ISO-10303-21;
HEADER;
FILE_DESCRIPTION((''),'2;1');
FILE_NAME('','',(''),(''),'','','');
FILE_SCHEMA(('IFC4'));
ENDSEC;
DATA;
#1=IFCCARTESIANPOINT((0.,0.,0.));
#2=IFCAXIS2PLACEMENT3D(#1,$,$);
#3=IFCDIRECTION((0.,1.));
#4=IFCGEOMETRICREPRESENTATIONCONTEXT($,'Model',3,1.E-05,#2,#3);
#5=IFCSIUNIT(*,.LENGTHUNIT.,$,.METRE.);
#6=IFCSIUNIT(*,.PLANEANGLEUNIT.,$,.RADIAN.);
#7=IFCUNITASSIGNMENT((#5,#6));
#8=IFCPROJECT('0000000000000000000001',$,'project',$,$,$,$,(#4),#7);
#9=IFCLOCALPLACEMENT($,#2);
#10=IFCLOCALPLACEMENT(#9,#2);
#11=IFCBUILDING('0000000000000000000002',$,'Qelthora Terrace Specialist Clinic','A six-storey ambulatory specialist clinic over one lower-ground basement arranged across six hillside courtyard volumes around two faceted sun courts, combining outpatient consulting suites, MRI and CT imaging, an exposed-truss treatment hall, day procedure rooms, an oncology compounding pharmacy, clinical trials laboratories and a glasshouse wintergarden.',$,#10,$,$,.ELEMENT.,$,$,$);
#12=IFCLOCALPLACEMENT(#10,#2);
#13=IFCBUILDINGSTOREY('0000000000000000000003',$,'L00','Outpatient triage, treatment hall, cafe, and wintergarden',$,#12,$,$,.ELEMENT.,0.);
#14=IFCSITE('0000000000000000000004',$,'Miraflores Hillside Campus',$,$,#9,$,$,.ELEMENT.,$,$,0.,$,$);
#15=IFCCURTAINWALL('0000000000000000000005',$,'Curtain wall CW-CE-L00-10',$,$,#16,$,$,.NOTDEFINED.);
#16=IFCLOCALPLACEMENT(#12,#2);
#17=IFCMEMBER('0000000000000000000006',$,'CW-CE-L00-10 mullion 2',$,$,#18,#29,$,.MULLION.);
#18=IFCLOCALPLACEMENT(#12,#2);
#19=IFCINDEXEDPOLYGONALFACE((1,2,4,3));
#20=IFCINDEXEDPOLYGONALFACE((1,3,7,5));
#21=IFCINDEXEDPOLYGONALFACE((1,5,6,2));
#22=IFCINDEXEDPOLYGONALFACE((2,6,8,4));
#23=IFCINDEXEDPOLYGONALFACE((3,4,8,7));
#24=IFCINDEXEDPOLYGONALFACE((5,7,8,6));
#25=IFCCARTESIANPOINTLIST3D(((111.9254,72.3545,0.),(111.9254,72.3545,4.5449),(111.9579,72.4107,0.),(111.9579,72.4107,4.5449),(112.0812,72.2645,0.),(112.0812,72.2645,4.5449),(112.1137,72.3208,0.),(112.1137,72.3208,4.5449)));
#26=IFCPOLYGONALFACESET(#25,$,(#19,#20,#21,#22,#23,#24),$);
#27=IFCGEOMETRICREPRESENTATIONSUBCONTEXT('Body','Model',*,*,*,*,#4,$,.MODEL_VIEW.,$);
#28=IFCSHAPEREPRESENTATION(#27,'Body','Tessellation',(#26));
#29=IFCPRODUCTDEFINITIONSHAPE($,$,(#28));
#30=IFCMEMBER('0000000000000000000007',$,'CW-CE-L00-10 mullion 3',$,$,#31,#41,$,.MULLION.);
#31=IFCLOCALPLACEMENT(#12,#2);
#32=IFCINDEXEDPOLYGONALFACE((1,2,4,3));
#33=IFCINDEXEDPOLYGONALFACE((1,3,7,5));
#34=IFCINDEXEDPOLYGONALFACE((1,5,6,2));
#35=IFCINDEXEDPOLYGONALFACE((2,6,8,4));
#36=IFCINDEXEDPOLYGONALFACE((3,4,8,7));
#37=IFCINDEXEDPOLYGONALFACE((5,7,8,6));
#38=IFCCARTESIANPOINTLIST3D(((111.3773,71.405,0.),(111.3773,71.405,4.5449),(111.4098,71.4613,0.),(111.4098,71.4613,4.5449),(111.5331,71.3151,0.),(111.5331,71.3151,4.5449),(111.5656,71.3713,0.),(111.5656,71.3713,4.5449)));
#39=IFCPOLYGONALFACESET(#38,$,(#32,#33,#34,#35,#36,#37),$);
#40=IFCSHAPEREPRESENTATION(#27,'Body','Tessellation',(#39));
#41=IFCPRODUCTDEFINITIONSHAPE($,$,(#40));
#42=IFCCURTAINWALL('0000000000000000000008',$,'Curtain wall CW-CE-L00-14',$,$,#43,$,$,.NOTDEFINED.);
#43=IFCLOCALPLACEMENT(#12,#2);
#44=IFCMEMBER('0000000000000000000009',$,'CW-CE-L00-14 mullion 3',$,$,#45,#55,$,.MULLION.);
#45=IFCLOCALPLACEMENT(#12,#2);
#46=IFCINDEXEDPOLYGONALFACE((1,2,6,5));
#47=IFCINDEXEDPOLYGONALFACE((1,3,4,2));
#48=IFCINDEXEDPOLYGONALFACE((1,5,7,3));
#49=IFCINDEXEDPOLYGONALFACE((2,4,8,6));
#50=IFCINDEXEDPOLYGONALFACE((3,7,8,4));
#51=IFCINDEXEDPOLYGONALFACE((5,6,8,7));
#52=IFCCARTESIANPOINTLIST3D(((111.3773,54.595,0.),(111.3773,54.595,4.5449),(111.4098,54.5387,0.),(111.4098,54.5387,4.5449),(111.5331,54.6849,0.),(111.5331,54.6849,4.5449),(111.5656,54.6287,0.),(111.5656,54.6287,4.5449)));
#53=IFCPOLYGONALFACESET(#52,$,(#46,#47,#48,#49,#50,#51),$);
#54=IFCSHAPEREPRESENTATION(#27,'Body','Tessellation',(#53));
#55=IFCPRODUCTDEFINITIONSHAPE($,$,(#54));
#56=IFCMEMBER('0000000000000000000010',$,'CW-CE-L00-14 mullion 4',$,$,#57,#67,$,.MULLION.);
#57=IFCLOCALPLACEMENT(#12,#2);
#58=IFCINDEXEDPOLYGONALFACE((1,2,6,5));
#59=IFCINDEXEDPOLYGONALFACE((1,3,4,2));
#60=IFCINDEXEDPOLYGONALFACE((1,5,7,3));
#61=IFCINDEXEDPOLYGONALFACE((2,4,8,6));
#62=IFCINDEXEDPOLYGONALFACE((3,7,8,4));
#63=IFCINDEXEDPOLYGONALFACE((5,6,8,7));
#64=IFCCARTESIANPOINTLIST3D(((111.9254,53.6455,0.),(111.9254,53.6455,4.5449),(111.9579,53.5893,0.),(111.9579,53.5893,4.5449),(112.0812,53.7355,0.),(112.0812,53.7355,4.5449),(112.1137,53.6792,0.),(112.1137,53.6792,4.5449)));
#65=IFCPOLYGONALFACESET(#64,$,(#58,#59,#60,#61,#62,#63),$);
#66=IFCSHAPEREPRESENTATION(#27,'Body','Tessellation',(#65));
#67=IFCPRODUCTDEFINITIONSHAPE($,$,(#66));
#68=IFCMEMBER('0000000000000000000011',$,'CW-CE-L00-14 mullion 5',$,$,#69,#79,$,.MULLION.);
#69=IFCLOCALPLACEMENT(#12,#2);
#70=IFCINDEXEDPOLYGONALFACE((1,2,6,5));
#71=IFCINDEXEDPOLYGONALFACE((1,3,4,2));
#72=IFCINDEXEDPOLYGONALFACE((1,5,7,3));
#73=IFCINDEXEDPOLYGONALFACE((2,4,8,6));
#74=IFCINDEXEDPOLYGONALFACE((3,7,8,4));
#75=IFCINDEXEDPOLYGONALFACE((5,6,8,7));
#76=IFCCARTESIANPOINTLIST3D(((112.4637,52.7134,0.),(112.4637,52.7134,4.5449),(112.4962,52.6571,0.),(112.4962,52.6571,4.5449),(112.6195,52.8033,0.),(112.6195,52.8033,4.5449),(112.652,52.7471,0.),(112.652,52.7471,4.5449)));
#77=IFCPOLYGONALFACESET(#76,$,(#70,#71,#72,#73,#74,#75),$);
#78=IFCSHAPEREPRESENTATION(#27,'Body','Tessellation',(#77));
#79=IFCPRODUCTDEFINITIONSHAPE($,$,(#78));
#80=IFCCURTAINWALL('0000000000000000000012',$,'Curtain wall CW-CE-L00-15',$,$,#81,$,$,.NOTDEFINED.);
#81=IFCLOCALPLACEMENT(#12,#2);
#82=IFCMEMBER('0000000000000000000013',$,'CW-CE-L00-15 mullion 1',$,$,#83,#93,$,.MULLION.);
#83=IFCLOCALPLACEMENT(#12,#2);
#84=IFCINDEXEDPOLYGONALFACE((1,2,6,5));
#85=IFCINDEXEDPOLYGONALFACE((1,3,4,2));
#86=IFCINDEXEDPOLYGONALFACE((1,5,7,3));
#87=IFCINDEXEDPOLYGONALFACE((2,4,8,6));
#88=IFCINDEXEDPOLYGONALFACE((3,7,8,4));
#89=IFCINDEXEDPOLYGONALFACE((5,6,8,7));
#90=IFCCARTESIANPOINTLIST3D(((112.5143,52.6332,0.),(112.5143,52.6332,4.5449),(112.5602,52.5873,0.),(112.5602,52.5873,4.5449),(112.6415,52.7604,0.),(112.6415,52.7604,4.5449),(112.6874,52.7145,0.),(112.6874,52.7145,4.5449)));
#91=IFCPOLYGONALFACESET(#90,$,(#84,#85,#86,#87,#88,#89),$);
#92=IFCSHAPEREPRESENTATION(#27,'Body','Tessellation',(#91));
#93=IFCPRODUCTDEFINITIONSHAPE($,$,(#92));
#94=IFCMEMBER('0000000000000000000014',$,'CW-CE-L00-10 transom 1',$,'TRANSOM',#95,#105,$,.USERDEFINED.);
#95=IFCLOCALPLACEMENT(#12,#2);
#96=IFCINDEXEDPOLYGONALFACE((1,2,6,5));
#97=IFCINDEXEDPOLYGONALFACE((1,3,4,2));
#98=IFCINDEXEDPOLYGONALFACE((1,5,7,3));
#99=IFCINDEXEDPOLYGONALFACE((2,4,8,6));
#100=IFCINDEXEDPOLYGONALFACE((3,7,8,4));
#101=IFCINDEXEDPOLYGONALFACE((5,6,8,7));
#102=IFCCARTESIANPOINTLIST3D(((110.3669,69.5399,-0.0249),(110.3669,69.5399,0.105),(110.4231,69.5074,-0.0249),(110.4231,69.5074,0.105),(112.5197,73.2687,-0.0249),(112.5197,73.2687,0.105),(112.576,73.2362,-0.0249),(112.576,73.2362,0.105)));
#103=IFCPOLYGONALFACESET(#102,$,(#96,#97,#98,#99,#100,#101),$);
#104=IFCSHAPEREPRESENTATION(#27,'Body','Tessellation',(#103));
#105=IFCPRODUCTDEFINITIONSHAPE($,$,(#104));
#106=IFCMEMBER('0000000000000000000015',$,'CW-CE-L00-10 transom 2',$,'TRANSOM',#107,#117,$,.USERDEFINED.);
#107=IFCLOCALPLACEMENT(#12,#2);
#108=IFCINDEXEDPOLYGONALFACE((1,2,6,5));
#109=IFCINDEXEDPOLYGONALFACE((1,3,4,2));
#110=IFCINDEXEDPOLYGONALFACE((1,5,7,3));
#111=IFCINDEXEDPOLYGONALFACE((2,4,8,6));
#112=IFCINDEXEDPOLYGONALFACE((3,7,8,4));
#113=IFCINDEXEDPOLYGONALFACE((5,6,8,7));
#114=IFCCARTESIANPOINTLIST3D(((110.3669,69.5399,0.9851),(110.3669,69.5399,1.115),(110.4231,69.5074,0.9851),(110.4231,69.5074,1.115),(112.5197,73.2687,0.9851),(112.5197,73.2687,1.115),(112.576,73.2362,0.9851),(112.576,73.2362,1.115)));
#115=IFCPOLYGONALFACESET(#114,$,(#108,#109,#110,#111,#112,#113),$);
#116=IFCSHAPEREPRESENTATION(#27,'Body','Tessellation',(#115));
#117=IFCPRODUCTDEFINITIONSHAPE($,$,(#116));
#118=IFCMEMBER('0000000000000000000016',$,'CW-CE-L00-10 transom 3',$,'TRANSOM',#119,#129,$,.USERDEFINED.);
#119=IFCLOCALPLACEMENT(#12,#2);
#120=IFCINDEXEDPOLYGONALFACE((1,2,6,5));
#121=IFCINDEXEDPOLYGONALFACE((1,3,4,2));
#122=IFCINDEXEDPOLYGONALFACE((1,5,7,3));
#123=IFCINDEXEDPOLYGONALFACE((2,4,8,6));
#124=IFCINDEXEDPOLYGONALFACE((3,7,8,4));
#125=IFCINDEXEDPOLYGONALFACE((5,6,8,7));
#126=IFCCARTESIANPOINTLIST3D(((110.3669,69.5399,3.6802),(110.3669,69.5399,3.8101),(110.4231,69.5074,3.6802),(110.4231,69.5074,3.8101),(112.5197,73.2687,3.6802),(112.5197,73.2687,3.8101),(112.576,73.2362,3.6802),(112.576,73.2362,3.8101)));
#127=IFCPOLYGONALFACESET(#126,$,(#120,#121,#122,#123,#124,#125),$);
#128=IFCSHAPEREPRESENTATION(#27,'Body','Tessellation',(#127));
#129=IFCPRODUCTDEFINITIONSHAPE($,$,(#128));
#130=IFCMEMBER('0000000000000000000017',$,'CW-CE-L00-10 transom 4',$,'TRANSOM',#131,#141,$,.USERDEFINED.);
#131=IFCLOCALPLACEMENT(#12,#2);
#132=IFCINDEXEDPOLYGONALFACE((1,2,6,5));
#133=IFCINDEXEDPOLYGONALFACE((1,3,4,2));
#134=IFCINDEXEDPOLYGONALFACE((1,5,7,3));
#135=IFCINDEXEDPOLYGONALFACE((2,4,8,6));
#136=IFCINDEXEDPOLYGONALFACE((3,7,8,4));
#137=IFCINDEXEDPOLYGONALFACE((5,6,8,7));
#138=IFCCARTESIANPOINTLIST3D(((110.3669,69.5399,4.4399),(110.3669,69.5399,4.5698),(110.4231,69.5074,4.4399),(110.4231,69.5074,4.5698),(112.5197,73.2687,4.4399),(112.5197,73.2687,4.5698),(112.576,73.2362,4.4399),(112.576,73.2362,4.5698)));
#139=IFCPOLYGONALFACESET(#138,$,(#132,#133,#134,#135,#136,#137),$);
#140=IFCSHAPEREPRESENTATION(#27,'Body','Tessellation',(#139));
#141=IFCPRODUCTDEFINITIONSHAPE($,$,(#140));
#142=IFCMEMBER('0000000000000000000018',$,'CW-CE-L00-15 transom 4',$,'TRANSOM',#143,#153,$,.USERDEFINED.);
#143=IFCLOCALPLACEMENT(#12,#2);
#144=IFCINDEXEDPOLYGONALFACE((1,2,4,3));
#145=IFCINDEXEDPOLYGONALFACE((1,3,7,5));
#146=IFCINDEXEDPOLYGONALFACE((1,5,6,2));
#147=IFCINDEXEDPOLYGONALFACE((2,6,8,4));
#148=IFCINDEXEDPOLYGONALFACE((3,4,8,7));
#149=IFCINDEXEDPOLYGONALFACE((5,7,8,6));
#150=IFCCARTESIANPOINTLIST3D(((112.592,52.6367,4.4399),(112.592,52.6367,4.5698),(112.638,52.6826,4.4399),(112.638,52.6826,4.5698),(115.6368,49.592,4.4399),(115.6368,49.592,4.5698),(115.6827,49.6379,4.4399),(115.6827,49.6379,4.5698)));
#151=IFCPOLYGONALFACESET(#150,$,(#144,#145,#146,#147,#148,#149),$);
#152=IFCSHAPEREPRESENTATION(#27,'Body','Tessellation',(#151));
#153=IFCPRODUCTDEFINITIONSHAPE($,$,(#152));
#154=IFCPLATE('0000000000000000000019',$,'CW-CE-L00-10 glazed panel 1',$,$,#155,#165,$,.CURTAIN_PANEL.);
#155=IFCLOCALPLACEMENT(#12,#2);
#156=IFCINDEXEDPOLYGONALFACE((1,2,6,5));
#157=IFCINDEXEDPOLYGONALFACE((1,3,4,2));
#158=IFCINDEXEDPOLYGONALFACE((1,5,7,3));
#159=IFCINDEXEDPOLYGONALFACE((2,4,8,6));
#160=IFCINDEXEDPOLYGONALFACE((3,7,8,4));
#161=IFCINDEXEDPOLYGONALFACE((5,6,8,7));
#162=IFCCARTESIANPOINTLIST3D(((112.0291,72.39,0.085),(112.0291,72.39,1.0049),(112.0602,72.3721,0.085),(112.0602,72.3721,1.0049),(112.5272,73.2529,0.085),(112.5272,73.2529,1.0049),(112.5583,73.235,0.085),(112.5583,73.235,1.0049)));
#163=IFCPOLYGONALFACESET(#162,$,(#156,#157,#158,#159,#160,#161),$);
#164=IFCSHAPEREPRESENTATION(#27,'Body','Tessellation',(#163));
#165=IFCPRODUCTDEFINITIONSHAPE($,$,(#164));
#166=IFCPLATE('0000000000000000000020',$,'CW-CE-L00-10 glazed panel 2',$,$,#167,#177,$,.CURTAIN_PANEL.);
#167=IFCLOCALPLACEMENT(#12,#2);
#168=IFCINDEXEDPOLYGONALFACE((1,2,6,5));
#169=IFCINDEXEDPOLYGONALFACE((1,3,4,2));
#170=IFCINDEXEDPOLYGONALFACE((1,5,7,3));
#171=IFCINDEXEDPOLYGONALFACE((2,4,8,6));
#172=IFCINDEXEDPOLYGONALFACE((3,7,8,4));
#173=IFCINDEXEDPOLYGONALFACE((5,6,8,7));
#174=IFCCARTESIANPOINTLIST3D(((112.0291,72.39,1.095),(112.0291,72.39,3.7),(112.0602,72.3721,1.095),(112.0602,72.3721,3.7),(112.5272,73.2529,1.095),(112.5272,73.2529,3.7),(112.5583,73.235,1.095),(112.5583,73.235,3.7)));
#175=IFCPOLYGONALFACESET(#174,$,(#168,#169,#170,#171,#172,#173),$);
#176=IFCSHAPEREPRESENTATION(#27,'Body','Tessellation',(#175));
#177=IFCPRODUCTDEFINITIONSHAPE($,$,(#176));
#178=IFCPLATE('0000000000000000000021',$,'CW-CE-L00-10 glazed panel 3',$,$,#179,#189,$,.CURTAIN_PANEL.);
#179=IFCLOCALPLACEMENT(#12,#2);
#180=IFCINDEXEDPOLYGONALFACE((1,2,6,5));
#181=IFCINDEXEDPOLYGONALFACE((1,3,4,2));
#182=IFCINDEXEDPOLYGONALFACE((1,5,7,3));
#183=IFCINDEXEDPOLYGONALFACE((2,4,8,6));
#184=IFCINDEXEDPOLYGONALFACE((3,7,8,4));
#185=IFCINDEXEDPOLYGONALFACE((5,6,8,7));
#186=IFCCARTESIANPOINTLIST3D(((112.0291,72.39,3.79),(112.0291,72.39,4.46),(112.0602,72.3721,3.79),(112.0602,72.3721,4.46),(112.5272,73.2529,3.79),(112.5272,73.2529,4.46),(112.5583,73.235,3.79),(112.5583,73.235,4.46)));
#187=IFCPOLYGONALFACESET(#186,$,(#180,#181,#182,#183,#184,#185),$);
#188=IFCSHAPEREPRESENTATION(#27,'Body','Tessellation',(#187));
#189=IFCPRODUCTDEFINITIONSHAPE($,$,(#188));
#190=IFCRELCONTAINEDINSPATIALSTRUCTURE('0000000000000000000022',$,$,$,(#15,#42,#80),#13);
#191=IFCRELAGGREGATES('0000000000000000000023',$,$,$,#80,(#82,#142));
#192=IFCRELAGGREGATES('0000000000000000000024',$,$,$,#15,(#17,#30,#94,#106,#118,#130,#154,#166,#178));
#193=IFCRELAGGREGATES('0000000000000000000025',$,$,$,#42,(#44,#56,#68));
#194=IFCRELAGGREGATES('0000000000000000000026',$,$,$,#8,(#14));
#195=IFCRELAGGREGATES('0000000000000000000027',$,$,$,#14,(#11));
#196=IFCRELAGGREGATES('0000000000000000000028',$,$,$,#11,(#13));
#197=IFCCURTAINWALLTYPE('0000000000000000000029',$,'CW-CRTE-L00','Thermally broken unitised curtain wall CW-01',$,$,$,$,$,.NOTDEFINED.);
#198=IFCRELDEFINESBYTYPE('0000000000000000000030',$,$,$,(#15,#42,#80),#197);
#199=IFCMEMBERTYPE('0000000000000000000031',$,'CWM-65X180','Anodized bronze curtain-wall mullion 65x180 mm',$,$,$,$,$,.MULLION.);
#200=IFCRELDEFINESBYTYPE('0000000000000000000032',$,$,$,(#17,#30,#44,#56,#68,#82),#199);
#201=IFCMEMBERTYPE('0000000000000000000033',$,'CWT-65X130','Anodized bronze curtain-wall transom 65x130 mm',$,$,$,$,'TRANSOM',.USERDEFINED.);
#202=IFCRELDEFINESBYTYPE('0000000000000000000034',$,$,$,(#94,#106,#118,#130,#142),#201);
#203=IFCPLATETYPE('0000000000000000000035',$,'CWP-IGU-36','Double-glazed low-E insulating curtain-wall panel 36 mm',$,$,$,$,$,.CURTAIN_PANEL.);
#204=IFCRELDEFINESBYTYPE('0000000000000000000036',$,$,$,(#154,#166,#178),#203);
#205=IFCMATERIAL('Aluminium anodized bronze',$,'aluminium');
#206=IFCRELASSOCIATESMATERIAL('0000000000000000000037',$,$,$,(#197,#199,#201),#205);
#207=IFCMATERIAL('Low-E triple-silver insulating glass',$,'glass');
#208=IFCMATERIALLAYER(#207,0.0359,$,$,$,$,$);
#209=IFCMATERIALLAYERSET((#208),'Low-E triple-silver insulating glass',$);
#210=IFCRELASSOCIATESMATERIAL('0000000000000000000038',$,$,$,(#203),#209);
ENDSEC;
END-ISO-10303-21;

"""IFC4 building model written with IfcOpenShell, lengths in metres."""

from ifc_helpers import new_model, si_unit, direction, frame, origin, origin_2d, place, context, subcontext, project, spatial, rectangle, extrude, material, layer, layer_set, material_profile, profile_set, type_object, element, aggregate, save


model = new_model("IFC4")

# Units and contexts
model_context = context("Model", 3, precision=1e-05, world=origin(), true_north=direction((0.0, 1.0)))
body_context = subcontext(model_context, "Body", "Model", "MODEL_VIEW")
ifc_project = project(units=[si_unit("LENGTHUNIT", "METRE"), si_unit("PLANEANGLEUNIT", "RADIAN")], contexts=[model_context])

# Site, building, storey
site_placement = place(None, origin())
site = spatial("IfcSite", under=ifc_project, at=site_placement, Name="Miraflores Hillside Campus", CompositionType="ELEMENT", RefElevation=0.0)
building_placement = place(site_placement, origin())
building = spatial("IfcBuilding", under=site, at=building_placement, Name="Qelthora Terrace Specialist Clinic", Description="A six-storey ambulatory specialist clinic over one lower-ground basement arranged across six hillside courtyard volumes around two faceted sun courts, combining outpatient consulting suites, MRI and CT imaging, an exposed-truss treatment hall, day procedure rooms, an oncology compounding pharmacy, clinical trials laboratories and a glasshouse wintergarden.", CompositionType="ELEMENT")
storey_placement = place(building_placement, origin())
storey = spatial("IfcBuildingStorey", under=building, at=storey_placement, Name="L00", Description="Outpatient triage, treatment hall, cafe, and wintergarden", CompositionType="ELEMENT", Elevation=0.0)

# Curtain walls, members
ifc_material_1 = material(Name="Aluminium anodized bronze", Category="aluminium")
curtain_wall_type = type_object("IfcCurtainWallType", Name="CW-CRTE-L00", Description="Thermally broken unitised curtain wall CW-01", PredefinedType="NOTDEFINED", material=ifc_material_1)
curtain_wall_1_placement = place(storey_placement, origin())
curtain_wall_1 = element("IfcCurtainWall", 1, at=curtain_wall_1_placement, inside=storey, type_object=curtain_wall_type, Name="Curtain wall CW-CE-L00-10", PredefinedType="NOTDEFINED")
ifc_material_profile_1 = material_profile(ifc_material_1, rectangle(XDim=0.0649, YDim=0.1799, at=origin_2d()), Name="CWM65X180")
ifc_profile_set_1 = profile_set([ifc_material_profile_1], Name="Aluminium anodized bronze")
member_type_1 = type_object("IfcMemberType", Name="CWM-65X180", Description="Anodized bronze curtain-wall mullion 65x180 mm", PredefinedType="MULLION", material=ifc_profile_set_1)
member_1_placement = place(storey_placement, frame((112.0195, 72.3376, 0.0), z_axis=(0.0, 0.0, 1.0), x_axis=(-0.5, -0.866025, 0.0)))
member_1 = element("IfcMember", 2, at=member_1_placement, type_object=member_type_1, Name="CW-CE-L00-10 mullion 2", PredefinedType="MULLION", context=body_context, shape_type="SweptSolid", body=[
    extrude(rectangle(XDim=0.0649, YDim=0.1799, at=origin_2d()), origin(), (0.0, 0.0, 1.0), 4.5449),
])
member_2_placement = place(storey_placement, frame((111.4714, 71.3882, 0.0), z_axis=(0.0, 0.0, 1.0), x_axis=(-0.5, -0.866025, 0.0)))
member_2 = element("IfcMember", 3, at=member_2_placement, type_object=member_type_1, Name="CW-CE-L00-10 mullion 3", PredefinedType="MULLION", context=body_context, shape_type="SweptSolid", body=[
    extrude(rectangle(XDim=0.0649, YDim=0.1799, at=origin_2d()), origin(), (0.0, 0.0, 1.0), 4.5449),
])
curtain_wall_2_placement = place(storey_placement, origin())
curtain_wall_2 = element("IfcCurtainWall", 4, at=curtain_wall_2_placement, inside=storey, type_object=curtain_wall_type, Name="Curtain wall CW-CE-L00-14", PredefinedType="NOTDEFINED")
member_3_placement = place(storey_placement, frame((111.4714, 54.6118, 0.0), z_axis=(0.0, 0.0, 1.0), x_axis=(0.5, -0.866025, 0.0)))
member_3 = element("IfcMember", 5, at=member_3_placement, type_object=member_type_1, Name="CW-CE-L00-14 mullion 3", PredefinedType="MULLION", context=body_context, shape_type="SweptSolid", body=[
    extrude(rectangle(XDim=0.0649, YDim=0.1799, at=origin_2d()), origin(), (0.0, 0.0, 1.0), 4.5449),
])
member_4_placement = place(storey_placement, frame((112.0195, 53.6624, 0.0), z_axis=(0.0, 0.0, 1.0), x_axis=(0.5, -0.866025, 0.0)))
member_4 = element("IfcMember", 6, at=member_4_placement, type_object=member_type_1, Name="CW-CE-L00-14 mullion 4", PredefinedType="MULLION", context=body_context, shape_type="SweptSolid", body=[
    extrude(rectangle(XDim=0.0649, YDim=0.1799, at=origin_2d()), origin(), (0.0, 0.0, 1.0), 4.5449),
])
member_5_placement = place(storey_placement, frame((112.5579, 52.7302, 0.0), z_axis=(0.0, 0.0, 1.0), x_axis=(0.5, -0.866025, 0.0)))
member_5 = element("IfcMember", 7, at=member_5_placement, type_object=member_type_1, Name="CW-CE-L00-14 mullion 5", PredefinedType="MULLION", context=body_context, shape_type="SweptSolid", body=[
    extrude(rectangle(XDim=0.0649, YDim=0.1799, at=origin_2d()), origin(), (0.0, 0.0, 1.0), 4.5449),
])

# Curtain wall, member
curtain_wall_3_placement = place(storey_placement, origin())
curtain_wall_3 = element("IfcCurtainWall", 8, at=curtain_wall_3_placement, inside=storey, type_object=curtain_wall_type, Name="Curtain wall CW-CE-L00-15", PredefinedType="NOTDEFINED")
member_6_placement = place(storey_placement, frame((112.6008, 52.6738, 0.0), z_axis=(0.0, 0.0, 1.0), x_axis=(0.707107, -0.707107, 0.0)))
member_6 = element("IfcMember", 9, at=member_6_placement, type_object=member_type_1, Name="CW-CE-L00-15 mullion 1", PredefinedType="MULLION", context=body_context, shape_type="SweptSolid", body=[
    extrude(rectangle(XDim=0.0649, YDim=0.1799, at=origin_2d()), origin(), (0.0, 0.0, 1.0), 4.5449),
])

# Members
ifc_material_profile_2 = material_profile(ifc_material_1, rectangle(XDim=0.0649, YDim=0.1299, at=origin_2d()), Name="CWT65X130")
ifc_profile_set_2 = profile_set([ifc_material_profile_2], Name="Aluminium anodized bronze")
member_type_2 = type_object("IfcMemberType", Name="CWT-65X130", Description="Anodized bronze curtain-wall transom 65x130 mm", ElementType="TRANSOM", PredefinedType="USERDEFINED", material=ifc_profile_set_2)
member_7_placement = place(storey_placement, frame((112.5479, 73.2524, 0.04), z_axis=(-0.500006, -0.866022, 0.0), x_axis=(0.866022, -0.500006, 0.0)))
member_7 = element("IfcMember", 10, at=member_7_placement, type_object=member_type_2, Name="CW-CE-L00-10 transom 1", ObjectType="TRANSOM", PredefinedType="USERDEFINED", context=body_context, shape_type="SweptSolid", body=[
    extrude(rectangle(XDim=0.0649, YDim=0.1299, at=origin_2d()), origin(), (0.0, 0.0, 1.0), 4.3057),
])
member_8_placement = place(storey_placement, frame((112.5479, 73.2524, 1.05), z_axis=(-0.500006, -0.866022, 0.0), x_axis=(0.866022, -0.500006, 0.0)))
member_8 = element("IfcMember", 11, at=member_8_placement, type_object=member_type_2, Name="CW-CE-L00-10 transom 2", ObjectType="TRANSOM", PredefinedType="USERDEFINED", context=body_context, shape_type="SweptSolid", body=[
    extrude(rectangle(XDim=0.0649, YDim=0.1299, at=origin_2d()), origin(), (0.0, 0.0, 1.0), 4.3057),
])
member_9_placement = place(storey_placement, frame((112.5479, 73.2524, 3.7451), z_axis=(-0.500006, -0.866022, 0.0), x_axis=(0.866022, -0.500006, 0.0)))
member_9 = element("IfcMember", 12, at=member_9_placement, type_object=member_type_2, Name="CW-CE-L00-10 transom 3", ObjectType="TRANSOM", PredefinedType="USERDEFINED", context=body_context, shape_type="SweptSolid", body=[
    extrude(rectangle(XDim=0.0649, YDim=0.1299, at=origin_2d()), origin(), (0.0, 0.0, 1.0), 4.3057),
])
member_10_placement = place(storey_placement, frame((112.5479, 73.2524, 4.5049), z_axis=(-0.500006, -0.866022, 0.0), x_axis=(0.866022, -0.500006, 0.0)))
member_10 = element("IfcMember", 13, at=member_10_placement, type_object=member_type_2, Name="CW-CE-L00-10 transom 4", ObjectType="TRANSOM", PredefinedType="USERDEFINED", context=body_context, shape_type="SweptSolid", body=[
    extrude(rectangle(XDim=0.0649, YDim=0.1299, at=origin_2d()), origin(), (0.0, 0.0, 1.0), 4.3057),
])
member_11_placement = place(storey_placement, frame((112.615, 52.6597, 4.5049), z_axis=(0.707107, -0.707107, 0.0), x_axis=(0.707107, 0.707107, 0.0)))
member_11 = element("IfcMember", 14, at=member_11_placement, type_object=member_type_2, Name="CW-CE-L00-15 transom 4", ObjectType="TRANSOM", PredefinedType="USERDEFINED", context=body_context, shape_type="SweptSolid", body=[
    extrude(rectangle(XDim=0.0649, YDim=0.1299, at=origin_2d()), origin(), (0.0, 0.0, 1.0), 4.3059),
])
aggregate(curtain_wall_3, [member_6, member_11])

# Plates
ifc_material_2 = material(Name="Low-E triple-silver insulating glass", Category="glass")
ifc_layer = layer(ifc_material_2, 0.0359)
ifc_layer_set = layer_set([ifc_layer], Name="Low-E triple-silver insulating glass")
plate_type = type_object("IfcPlateType", Name="CWP-IGU-36", Description="Double-glazed low-E insulating curtain-wall panel 36 mm", PredefinedType="CURTAIN_PANEL", material=ifc_layer_set)
plate_1_placement = place(storey_placement, frame((112.2937, 72.8125, 0.085), z_axis=(0.0, 0.0, 1.0), x_axis=(-0.5, -0.866025, 0.0)))
plate_1 = element("IfcPlate", 15, at=plate_1_placement, type_object=plate_type, Name="CW-CE-L00-10 glazed panel 1", PredefinedType="CURTAIN_PANEL", context=body_context, shape_type="SweptSolid", body=[
    extrude(rectangle(XDim=0.9963, YDim=0.0359, at=origin_2d()), origin(), (0.0, 0.0, 1.0), 0.9199),
])
plate_2_placement = place(storey_placement, frame((112.2937, 72.8125, 1.095), z_axis=(0.0, 0.0, 1.0), x_axis=(-0.5, -0.866025, 0.0)))
plate_2 = element("IfcPlate", 16, at=plate_2_placement, type_object=plate_type, Name="CW-CE-L00-10 glazed panel 2", PredefinedType="CURTAIN_PANEL", context=body_context, shape_type="SweptSolid", body=[
    extrude(rectangle(XDim=0.9963, YDim=0.0359, at=origin_2d()), origin(), (0.0, 0.0, 1.0), 2.605),
])
plate_3_placement = place(storey_placement, frame((112.2937, 72.8125, 3.79), z_axis=(0.0, 0.0, 1.0), x_axis=(-0.5, -0.866025, 0.0)))
plate_3 = element("IfcPlate", 17, at=plate_3_placement, type_object=plate_type, Name="CW-CE-L00-10 glazed panel 3", PredefinedType="CURTAIN_PANEL", context=body_context, shape_type="SweptSolid", body=[
    extrude(rectangle(XDim=0.9963, YDim=0.0359, at=origin_2d()), origin(), (0.0, 0.0, 1.0), 0.6699),
])
aggregate(curtain_wall_1, [member_1, member_2, member_7, member_8, member_9, member_10, plate_1, plate_2, plate_3])
aggregate(curtain_wall_2, [member_3, member_4, member_5])

save(model, "model.ifc")
